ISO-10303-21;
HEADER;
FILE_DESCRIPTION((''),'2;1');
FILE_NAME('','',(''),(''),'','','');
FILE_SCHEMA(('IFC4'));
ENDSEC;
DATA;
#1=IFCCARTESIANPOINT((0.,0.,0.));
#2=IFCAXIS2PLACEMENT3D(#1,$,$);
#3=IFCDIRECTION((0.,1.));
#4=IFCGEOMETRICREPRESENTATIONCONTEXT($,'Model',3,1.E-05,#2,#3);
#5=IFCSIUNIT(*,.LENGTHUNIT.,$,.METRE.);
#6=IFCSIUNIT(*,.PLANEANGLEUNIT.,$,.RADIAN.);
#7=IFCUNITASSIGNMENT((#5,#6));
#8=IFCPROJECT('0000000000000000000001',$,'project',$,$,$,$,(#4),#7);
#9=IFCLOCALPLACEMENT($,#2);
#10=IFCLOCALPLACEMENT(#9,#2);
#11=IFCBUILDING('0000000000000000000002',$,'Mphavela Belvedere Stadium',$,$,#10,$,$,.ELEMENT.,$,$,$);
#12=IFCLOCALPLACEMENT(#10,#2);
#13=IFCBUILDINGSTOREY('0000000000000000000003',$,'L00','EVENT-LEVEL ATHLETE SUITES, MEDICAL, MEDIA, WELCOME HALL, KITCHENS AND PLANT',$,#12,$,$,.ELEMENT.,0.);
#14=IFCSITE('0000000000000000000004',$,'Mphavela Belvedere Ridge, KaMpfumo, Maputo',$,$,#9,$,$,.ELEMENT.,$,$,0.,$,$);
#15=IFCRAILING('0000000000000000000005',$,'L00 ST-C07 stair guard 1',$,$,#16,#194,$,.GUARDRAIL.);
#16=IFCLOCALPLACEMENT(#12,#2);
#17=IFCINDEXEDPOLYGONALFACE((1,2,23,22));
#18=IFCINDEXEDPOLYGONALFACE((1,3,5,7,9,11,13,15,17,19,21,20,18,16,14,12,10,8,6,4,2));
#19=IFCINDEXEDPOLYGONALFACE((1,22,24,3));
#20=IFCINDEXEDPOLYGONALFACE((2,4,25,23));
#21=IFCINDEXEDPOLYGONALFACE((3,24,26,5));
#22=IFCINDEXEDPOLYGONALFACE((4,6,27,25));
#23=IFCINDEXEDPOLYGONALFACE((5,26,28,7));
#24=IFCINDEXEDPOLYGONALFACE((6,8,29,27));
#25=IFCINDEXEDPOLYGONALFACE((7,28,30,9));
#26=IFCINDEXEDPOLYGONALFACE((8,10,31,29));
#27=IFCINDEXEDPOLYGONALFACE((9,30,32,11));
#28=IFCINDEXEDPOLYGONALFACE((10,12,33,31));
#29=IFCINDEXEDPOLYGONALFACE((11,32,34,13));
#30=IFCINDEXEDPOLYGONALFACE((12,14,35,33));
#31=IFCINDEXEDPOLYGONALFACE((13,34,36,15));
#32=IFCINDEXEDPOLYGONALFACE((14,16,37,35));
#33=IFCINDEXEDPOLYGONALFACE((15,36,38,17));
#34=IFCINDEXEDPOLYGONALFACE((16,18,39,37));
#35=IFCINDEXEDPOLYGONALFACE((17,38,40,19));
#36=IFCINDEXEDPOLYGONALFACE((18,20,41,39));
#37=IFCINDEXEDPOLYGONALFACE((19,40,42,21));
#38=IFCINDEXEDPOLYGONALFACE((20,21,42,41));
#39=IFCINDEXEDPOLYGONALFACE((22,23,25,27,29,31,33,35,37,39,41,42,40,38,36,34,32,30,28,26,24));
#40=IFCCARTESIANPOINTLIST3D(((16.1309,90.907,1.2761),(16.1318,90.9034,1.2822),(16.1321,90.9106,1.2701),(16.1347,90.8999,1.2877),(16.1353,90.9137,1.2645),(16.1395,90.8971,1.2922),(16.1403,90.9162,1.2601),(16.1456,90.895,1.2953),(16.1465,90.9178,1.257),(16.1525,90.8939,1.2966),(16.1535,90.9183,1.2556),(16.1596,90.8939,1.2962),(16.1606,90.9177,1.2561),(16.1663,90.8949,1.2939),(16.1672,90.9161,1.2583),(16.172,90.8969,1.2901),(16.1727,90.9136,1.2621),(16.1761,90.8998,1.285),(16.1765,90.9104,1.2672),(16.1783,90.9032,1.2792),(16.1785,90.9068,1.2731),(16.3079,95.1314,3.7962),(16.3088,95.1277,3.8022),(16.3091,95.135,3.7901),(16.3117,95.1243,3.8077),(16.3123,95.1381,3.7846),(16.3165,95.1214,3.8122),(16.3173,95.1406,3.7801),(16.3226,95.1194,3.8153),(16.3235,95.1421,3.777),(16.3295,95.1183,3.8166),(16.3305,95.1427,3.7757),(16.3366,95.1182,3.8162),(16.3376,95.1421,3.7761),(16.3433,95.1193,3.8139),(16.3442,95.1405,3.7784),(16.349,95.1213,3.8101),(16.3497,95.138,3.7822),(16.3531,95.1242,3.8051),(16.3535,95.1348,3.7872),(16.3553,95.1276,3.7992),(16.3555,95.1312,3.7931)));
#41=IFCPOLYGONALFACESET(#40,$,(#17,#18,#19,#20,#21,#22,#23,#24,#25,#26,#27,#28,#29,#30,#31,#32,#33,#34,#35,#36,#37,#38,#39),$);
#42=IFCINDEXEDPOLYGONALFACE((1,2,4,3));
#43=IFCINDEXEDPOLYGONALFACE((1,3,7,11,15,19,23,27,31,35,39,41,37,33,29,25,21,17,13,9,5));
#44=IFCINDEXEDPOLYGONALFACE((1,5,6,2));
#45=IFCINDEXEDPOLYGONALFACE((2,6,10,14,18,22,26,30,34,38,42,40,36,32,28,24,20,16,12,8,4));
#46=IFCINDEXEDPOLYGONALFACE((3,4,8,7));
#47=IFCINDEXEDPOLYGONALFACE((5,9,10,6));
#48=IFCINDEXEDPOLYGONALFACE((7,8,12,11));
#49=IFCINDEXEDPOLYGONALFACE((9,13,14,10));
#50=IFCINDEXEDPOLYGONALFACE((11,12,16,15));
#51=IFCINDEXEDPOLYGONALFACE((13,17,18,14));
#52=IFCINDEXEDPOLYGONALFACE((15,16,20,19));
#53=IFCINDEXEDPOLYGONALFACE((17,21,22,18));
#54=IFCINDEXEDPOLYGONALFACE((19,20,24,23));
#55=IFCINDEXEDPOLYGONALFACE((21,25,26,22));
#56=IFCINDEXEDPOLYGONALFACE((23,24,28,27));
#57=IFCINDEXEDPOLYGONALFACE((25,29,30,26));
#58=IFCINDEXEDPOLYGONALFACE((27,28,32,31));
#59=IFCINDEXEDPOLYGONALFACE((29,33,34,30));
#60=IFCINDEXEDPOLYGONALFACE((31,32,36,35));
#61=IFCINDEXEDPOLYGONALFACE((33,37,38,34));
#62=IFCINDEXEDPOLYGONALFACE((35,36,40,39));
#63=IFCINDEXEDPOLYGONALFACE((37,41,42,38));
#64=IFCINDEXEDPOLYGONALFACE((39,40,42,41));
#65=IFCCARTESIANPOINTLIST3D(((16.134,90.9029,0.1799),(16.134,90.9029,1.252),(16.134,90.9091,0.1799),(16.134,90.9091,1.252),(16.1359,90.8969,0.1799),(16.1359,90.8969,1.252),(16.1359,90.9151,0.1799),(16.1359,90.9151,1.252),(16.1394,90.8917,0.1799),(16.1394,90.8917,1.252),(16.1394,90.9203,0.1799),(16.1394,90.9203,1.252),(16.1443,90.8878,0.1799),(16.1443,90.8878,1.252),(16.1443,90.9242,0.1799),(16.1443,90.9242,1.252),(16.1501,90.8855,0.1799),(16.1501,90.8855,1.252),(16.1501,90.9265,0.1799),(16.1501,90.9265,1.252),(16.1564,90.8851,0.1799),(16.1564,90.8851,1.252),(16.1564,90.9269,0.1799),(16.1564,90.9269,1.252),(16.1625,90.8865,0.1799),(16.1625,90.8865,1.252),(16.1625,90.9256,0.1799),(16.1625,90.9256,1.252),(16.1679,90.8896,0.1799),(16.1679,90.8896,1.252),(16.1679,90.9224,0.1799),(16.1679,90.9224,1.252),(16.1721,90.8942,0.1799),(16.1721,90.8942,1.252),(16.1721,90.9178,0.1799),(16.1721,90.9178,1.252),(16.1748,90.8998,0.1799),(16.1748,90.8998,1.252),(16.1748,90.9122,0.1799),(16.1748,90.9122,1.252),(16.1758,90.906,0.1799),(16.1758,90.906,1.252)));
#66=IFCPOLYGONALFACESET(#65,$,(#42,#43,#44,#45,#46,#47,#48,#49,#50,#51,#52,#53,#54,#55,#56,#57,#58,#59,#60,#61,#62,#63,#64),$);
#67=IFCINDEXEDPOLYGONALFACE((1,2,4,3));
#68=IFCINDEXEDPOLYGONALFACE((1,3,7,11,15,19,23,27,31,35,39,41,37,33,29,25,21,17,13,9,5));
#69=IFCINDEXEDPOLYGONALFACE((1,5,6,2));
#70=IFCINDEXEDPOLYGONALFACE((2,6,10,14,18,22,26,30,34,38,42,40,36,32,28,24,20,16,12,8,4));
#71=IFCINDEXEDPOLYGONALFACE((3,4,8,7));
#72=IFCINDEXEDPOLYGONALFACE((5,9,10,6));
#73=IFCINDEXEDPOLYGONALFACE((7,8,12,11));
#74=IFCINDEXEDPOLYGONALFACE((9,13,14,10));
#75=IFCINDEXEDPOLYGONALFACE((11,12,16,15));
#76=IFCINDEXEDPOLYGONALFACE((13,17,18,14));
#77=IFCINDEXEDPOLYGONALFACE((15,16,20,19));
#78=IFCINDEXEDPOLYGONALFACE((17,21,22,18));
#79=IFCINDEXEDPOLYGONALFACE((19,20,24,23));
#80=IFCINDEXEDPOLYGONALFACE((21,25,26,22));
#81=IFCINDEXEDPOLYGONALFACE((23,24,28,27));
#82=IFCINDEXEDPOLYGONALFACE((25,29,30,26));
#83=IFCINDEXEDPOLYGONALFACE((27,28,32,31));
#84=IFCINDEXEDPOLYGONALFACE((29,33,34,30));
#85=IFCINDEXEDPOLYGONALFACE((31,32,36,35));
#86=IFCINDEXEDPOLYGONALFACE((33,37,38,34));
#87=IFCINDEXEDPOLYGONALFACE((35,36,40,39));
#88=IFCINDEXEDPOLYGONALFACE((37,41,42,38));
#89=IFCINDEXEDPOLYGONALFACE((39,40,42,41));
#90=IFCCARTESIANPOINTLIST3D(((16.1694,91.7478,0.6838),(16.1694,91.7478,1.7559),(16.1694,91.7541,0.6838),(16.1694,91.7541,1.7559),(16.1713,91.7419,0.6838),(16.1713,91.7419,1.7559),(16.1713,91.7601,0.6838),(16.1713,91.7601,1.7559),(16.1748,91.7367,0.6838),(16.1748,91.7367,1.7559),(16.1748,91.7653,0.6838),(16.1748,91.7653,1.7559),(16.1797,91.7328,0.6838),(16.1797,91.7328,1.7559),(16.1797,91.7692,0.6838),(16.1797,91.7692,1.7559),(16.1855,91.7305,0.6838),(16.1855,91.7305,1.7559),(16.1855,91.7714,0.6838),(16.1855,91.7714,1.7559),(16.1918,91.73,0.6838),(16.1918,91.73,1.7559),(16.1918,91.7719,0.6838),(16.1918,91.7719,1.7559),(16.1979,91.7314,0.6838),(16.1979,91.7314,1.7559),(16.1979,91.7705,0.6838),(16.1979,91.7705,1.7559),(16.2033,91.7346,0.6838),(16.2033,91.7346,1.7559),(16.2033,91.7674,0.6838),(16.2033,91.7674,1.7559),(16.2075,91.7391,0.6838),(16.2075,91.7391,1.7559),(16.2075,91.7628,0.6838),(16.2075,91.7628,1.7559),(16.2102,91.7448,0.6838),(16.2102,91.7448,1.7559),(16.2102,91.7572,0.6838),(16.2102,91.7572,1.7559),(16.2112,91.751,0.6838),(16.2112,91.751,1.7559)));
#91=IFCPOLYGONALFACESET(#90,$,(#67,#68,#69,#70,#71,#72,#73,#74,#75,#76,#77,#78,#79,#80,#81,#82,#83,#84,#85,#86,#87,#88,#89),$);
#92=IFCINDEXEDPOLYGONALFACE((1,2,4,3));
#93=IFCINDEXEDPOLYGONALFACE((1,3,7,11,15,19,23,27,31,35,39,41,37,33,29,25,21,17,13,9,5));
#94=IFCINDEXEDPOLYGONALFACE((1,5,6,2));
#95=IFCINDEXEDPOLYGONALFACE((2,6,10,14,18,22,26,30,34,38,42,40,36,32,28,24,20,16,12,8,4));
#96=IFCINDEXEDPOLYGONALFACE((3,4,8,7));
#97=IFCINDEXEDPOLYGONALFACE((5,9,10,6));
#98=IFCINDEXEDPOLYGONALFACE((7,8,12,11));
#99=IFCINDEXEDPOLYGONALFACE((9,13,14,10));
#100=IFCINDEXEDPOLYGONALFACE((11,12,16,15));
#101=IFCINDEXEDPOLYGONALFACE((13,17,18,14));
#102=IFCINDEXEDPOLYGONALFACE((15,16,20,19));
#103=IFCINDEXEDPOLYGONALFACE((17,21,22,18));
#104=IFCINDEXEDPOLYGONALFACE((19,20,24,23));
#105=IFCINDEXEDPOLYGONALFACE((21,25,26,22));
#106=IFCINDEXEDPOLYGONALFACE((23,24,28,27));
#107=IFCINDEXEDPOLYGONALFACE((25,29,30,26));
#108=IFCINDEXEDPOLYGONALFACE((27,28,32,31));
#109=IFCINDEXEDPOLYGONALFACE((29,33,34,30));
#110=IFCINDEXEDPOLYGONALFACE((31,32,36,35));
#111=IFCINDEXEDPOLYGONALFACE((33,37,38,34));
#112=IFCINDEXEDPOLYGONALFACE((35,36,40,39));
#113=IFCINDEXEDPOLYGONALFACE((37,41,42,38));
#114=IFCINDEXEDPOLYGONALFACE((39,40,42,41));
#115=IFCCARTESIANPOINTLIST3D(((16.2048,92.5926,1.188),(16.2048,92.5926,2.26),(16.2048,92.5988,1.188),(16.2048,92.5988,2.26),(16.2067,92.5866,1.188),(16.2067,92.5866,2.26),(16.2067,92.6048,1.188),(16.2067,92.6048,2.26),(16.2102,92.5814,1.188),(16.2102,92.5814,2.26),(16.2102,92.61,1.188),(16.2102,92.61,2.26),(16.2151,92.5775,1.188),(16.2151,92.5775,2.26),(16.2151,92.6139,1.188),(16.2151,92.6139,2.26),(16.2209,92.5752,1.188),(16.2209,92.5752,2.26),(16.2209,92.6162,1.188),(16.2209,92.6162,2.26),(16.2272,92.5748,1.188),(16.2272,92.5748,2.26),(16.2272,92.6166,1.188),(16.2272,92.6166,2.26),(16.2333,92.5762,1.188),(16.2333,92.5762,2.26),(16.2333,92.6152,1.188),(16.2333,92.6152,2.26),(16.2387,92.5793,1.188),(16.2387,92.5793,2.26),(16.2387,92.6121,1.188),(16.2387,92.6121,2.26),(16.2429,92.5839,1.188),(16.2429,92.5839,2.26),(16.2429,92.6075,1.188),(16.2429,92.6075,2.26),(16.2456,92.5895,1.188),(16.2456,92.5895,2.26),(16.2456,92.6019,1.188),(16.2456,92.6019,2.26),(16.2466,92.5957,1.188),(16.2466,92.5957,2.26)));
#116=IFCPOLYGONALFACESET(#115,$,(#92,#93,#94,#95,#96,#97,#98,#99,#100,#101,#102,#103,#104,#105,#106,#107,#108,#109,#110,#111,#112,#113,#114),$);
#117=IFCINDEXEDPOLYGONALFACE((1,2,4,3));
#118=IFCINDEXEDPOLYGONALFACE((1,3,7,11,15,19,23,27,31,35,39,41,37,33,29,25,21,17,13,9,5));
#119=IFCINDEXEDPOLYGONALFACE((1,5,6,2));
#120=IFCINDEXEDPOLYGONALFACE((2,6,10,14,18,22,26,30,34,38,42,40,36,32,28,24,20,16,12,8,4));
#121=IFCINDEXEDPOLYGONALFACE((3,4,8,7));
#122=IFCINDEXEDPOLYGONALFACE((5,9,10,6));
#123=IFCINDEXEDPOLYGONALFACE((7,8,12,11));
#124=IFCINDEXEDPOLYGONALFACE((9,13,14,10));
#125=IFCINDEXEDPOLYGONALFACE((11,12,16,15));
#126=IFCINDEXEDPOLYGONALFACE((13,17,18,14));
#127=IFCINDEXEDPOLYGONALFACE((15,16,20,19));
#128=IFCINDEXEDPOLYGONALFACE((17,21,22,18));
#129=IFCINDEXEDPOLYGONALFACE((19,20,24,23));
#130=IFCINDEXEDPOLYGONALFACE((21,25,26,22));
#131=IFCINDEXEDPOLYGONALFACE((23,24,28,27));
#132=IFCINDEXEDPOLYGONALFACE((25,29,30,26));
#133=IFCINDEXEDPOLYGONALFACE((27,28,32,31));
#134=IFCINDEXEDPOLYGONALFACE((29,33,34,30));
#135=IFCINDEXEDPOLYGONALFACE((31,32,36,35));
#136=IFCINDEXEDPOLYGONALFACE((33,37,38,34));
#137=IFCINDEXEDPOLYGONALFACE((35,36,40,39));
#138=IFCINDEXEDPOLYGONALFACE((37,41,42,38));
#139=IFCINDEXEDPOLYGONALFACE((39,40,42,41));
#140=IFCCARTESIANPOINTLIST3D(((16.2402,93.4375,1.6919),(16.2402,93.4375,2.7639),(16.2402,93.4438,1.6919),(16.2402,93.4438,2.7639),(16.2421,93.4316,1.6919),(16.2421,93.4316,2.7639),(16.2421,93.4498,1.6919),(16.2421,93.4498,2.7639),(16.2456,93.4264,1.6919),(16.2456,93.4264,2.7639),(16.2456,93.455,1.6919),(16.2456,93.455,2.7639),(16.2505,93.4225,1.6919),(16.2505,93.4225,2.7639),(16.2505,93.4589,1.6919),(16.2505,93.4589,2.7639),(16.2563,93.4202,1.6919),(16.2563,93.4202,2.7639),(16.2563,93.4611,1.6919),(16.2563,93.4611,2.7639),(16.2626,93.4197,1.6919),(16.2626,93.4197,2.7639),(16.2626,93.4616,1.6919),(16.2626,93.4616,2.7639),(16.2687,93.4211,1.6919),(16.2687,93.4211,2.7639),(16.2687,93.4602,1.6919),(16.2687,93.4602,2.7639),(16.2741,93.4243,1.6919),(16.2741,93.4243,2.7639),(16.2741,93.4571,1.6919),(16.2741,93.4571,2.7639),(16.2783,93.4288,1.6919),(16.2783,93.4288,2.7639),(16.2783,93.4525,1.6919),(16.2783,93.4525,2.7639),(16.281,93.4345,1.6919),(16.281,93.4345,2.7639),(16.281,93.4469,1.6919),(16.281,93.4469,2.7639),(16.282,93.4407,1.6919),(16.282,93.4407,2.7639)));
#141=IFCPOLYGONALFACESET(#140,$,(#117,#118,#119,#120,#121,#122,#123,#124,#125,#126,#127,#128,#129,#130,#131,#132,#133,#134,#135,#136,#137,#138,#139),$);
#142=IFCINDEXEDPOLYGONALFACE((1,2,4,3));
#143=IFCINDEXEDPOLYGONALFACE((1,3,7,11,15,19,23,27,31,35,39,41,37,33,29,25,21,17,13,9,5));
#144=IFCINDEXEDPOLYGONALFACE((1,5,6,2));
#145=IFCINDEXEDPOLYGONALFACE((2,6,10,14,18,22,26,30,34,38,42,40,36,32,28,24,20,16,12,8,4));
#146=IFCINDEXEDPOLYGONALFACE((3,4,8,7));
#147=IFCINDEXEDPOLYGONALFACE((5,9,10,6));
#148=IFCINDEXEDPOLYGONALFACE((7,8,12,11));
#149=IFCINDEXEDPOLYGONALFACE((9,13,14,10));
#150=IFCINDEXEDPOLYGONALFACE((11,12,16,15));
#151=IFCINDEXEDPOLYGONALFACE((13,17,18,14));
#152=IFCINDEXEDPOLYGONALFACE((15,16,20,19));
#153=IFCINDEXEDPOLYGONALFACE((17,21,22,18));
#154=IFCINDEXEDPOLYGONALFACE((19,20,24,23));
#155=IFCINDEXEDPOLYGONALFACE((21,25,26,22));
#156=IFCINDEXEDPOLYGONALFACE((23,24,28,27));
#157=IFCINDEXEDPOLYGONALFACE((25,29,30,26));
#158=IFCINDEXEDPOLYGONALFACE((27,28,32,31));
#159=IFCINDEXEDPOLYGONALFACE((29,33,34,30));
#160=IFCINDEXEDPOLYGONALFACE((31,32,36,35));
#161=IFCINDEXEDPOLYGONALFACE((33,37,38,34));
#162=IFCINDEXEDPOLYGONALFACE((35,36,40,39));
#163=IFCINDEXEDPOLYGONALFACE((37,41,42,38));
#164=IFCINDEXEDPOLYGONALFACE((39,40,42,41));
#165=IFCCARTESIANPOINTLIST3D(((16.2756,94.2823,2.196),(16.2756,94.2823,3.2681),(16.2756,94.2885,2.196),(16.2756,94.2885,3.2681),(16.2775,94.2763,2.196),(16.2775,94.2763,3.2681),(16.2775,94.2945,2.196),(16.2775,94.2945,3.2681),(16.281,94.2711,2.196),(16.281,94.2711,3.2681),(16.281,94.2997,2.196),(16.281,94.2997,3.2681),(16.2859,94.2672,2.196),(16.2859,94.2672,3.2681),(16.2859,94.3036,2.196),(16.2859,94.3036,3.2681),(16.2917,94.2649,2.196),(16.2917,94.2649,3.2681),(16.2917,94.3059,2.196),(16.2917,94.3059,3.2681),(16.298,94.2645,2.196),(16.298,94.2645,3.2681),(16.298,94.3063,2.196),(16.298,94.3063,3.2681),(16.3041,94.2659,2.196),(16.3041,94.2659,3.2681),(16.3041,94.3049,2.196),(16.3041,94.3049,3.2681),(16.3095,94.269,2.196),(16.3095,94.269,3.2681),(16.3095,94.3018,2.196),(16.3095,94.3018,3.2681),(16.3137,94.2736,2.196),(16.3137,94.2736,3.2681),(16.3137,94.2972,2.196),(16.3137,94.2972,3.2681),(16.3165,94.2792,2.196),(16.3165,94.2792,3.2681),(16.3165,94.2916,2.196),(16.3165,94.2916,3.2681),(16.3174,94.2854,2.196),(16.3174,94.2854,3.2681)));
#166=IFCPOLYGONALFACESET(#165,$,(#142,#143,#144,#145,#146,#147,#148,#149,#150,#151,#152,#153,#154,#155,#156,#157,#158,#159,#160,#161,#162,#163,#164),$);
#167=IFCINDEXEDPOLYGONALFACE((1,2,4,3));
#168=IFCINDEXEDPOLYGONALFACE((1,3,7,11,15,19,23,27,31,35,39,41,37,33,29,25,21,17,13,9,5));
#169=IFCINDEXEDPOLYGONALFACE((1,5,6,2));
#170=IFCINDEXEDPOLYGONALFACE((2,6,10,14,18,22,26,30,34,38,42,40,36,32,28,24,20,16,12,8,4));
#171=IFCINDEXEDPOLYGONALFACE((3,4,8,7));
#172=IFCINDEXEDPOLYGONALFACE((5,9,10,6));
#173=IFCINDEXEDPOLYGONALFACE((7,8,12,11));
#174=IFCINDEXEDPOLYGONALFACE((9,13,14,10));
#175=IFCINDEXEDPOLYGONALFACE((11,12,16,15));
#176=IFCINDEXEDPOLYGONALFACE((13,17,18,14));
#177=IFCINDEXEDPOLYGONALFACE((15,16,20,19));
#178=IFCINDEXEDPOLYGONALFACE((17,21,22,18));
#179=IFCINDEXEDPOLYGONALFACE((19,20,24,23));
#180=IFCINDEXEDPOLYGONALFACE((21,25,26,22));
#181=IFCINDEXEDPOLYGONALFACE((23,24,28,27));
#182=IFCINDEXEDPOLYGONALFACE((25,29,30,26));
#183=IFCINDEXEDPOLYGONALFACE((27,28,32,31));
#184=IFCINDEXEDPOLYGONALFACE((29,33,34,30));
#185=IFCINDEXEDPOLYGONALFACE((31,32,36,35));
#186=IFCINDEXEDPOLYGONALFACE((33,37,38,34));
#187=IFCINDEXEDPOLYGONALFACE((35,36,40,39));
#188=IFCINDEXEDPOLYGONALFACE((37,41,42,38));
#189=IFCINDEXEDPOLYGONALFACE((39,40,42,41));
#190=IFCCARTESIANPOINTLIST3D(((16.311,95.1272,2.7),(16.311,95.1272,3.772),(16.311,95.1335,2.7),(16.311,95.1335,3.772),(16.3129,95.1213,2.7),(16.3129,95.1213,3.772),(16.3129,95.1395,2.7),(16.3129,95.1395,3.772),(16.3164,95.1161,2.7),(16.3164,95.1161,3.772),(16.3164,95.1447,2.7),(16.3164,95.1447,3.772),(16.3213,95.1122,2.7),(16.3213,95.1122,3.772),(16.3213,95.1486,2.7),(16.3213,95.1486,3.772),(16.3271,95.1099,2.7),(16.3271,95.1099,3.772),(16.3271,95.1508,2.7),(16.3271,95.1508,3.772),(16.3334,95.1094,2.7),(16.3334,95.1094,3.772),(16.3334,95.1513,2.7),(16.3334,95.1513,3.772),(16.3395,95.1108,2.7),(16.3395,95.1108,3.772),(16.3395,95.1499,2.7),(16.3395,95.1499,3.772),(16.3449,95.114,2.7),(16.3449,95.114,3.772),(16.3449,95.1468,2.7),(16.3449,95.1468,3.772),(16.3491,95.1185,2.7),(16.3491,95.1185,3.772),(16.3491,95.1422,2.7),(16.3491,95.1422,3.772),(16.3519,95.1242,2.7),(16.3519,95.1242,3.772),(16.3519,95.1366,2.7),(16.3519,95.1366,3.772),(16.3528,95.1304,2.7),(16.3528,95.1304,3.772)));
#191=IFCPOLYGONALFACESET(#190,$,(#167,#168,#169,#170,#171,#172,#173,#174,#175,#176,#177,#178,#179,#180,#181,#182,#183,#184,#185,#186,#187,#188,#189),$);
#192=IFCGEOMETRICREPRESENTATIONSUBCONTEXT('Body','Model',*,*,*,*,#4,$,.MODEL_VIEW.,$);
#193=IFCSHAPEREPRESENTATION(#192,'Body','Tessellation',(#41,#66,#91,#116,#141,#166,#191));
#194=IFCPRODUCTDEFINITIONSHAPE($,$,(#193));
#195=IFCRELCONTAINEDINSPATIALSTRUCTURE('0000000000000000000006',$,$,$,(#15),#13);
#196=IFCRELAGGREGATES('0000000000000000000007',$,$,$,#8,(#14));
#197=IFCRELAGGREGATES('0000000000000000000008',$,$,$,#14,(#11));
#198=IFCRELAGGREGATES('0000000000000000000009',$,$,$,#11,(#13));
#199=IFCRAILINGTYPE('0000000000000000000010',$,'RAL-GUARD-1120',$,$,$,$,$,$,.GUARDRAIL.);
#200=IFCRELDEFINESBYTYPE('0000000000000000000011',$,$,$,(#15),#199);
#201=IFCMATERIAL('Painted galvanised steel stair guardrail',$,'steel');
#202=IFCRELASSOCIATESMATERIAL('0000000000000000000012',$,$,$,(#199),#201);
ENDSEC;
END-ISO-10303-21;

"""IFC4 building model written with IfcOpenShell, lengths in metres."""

from ifc_helpers import new_model, si_unit, direction, frame, origin, origin_2d, place, context, subcontext, project, spatial, circle, extrude, material, type_object, element, save


model = new_model("IFC4")

# Units and contexts
model_context = context("Model", 3, precision=1e-05, world=origin(), true_north=direction((0.0, 1.0)))
body_context = subcontext(model_context, "Body", "Model", "MODEL_VIEW")
ifc_project = project(units=[si_unit("LENGTHUNIT", "METRE"), si_unit("PLANEANGLEUNIT", "RADIAN")], contexts=[model_context])

# Site, building, storey
site_placement = place(None, origin())
site = spatial("IfcSite", under=ifc_project, at=site_placement, Name="Mphavela Belvedere Ridge, KaMpfumo, Maputo", CompositionType="ELEMENT", RefElevation=0.0)
building_placement = place(site_placement, origin())
building = spatial("IfcBuilding", under=site, at=building_placement, Name="Mphavela Belvedere Stadium", CompositionType="ELEMENT")
storey_placement = place(building_placement, origin())
storey = spatial("IfcBuildingStorey", under=building, at=storey_placement, Name="L00", Description="EVENT-LEVEL ATHLETE SUITES, MEDICAL, MEDIA, WELCOME HALL, KITCHENS AND PLANT", CompositionType="ELEMENT", Elevation=0.0)

# Railing
ifc_material_1 = material(Name="Painted galvanised steel stair guardrail", Category="steel")
railing_type_1 = type_object("IfcRailingType", Name="RAL-GUARD-1120", PredefinedType="GUARDRAIL", material=ifc_material_1)
railing_1_placement = place(storey_placement, frame((16.1548, 90.906, 0.1799)))
element("IfcRailing", 1, at=railing_1_placement, inside=storey, type_object=railing_type_1, Name="L00 ST-C07 stair guard 1", PredefinedType="GUARDRAIL", context=body_context, shape_type="SweptSolid", body=[
    extrude(circle(Radius=0.0239, at=origin_2d()), frame((0.0, 0.0, 1.0962), z_axis=(0.035961, 0.858244, 0.51198), x_axis=(-0.999123, 0.041864, 0.0)), (0.0, 0.0, 1.0), 4.9221),
    extrude(circle(Radius=0.021, at=origin_2d()), origin(), (0.0, 0.0, 1.0), 1.072),
    extrude(circle(Radius=0.021, at=origin_2d()), frame((0.0354, 0.845, 0.5039)), (0.0, 0.0, 1.0), 1.072),
    extrude(circle(Radius=0.021, at=origin_2d()), frame((0.0708, 1.6897, 1.0081)), (0.0, 0.0, 1.0), 1.072),
    extrude(circle(Radius=0.021, at=origin_2d()), frame((0.1062, 2.5347, 1.512)), (0.0, 0.0, 1.0), 1.072),
    extrude(circle(Radius=0.021, at=origin_2d()), frame((0.1416, 3.3794, 2.0161)), (0.0, 0.0, 1.0), 1.072),
    extrude(circle(Radius=0.021, at=origin_2d()), frame((0.177, 4.2244, 2.52)), (0.0, 0.0, 1.0), 1.072),
])

save(model, "model.ifc")
